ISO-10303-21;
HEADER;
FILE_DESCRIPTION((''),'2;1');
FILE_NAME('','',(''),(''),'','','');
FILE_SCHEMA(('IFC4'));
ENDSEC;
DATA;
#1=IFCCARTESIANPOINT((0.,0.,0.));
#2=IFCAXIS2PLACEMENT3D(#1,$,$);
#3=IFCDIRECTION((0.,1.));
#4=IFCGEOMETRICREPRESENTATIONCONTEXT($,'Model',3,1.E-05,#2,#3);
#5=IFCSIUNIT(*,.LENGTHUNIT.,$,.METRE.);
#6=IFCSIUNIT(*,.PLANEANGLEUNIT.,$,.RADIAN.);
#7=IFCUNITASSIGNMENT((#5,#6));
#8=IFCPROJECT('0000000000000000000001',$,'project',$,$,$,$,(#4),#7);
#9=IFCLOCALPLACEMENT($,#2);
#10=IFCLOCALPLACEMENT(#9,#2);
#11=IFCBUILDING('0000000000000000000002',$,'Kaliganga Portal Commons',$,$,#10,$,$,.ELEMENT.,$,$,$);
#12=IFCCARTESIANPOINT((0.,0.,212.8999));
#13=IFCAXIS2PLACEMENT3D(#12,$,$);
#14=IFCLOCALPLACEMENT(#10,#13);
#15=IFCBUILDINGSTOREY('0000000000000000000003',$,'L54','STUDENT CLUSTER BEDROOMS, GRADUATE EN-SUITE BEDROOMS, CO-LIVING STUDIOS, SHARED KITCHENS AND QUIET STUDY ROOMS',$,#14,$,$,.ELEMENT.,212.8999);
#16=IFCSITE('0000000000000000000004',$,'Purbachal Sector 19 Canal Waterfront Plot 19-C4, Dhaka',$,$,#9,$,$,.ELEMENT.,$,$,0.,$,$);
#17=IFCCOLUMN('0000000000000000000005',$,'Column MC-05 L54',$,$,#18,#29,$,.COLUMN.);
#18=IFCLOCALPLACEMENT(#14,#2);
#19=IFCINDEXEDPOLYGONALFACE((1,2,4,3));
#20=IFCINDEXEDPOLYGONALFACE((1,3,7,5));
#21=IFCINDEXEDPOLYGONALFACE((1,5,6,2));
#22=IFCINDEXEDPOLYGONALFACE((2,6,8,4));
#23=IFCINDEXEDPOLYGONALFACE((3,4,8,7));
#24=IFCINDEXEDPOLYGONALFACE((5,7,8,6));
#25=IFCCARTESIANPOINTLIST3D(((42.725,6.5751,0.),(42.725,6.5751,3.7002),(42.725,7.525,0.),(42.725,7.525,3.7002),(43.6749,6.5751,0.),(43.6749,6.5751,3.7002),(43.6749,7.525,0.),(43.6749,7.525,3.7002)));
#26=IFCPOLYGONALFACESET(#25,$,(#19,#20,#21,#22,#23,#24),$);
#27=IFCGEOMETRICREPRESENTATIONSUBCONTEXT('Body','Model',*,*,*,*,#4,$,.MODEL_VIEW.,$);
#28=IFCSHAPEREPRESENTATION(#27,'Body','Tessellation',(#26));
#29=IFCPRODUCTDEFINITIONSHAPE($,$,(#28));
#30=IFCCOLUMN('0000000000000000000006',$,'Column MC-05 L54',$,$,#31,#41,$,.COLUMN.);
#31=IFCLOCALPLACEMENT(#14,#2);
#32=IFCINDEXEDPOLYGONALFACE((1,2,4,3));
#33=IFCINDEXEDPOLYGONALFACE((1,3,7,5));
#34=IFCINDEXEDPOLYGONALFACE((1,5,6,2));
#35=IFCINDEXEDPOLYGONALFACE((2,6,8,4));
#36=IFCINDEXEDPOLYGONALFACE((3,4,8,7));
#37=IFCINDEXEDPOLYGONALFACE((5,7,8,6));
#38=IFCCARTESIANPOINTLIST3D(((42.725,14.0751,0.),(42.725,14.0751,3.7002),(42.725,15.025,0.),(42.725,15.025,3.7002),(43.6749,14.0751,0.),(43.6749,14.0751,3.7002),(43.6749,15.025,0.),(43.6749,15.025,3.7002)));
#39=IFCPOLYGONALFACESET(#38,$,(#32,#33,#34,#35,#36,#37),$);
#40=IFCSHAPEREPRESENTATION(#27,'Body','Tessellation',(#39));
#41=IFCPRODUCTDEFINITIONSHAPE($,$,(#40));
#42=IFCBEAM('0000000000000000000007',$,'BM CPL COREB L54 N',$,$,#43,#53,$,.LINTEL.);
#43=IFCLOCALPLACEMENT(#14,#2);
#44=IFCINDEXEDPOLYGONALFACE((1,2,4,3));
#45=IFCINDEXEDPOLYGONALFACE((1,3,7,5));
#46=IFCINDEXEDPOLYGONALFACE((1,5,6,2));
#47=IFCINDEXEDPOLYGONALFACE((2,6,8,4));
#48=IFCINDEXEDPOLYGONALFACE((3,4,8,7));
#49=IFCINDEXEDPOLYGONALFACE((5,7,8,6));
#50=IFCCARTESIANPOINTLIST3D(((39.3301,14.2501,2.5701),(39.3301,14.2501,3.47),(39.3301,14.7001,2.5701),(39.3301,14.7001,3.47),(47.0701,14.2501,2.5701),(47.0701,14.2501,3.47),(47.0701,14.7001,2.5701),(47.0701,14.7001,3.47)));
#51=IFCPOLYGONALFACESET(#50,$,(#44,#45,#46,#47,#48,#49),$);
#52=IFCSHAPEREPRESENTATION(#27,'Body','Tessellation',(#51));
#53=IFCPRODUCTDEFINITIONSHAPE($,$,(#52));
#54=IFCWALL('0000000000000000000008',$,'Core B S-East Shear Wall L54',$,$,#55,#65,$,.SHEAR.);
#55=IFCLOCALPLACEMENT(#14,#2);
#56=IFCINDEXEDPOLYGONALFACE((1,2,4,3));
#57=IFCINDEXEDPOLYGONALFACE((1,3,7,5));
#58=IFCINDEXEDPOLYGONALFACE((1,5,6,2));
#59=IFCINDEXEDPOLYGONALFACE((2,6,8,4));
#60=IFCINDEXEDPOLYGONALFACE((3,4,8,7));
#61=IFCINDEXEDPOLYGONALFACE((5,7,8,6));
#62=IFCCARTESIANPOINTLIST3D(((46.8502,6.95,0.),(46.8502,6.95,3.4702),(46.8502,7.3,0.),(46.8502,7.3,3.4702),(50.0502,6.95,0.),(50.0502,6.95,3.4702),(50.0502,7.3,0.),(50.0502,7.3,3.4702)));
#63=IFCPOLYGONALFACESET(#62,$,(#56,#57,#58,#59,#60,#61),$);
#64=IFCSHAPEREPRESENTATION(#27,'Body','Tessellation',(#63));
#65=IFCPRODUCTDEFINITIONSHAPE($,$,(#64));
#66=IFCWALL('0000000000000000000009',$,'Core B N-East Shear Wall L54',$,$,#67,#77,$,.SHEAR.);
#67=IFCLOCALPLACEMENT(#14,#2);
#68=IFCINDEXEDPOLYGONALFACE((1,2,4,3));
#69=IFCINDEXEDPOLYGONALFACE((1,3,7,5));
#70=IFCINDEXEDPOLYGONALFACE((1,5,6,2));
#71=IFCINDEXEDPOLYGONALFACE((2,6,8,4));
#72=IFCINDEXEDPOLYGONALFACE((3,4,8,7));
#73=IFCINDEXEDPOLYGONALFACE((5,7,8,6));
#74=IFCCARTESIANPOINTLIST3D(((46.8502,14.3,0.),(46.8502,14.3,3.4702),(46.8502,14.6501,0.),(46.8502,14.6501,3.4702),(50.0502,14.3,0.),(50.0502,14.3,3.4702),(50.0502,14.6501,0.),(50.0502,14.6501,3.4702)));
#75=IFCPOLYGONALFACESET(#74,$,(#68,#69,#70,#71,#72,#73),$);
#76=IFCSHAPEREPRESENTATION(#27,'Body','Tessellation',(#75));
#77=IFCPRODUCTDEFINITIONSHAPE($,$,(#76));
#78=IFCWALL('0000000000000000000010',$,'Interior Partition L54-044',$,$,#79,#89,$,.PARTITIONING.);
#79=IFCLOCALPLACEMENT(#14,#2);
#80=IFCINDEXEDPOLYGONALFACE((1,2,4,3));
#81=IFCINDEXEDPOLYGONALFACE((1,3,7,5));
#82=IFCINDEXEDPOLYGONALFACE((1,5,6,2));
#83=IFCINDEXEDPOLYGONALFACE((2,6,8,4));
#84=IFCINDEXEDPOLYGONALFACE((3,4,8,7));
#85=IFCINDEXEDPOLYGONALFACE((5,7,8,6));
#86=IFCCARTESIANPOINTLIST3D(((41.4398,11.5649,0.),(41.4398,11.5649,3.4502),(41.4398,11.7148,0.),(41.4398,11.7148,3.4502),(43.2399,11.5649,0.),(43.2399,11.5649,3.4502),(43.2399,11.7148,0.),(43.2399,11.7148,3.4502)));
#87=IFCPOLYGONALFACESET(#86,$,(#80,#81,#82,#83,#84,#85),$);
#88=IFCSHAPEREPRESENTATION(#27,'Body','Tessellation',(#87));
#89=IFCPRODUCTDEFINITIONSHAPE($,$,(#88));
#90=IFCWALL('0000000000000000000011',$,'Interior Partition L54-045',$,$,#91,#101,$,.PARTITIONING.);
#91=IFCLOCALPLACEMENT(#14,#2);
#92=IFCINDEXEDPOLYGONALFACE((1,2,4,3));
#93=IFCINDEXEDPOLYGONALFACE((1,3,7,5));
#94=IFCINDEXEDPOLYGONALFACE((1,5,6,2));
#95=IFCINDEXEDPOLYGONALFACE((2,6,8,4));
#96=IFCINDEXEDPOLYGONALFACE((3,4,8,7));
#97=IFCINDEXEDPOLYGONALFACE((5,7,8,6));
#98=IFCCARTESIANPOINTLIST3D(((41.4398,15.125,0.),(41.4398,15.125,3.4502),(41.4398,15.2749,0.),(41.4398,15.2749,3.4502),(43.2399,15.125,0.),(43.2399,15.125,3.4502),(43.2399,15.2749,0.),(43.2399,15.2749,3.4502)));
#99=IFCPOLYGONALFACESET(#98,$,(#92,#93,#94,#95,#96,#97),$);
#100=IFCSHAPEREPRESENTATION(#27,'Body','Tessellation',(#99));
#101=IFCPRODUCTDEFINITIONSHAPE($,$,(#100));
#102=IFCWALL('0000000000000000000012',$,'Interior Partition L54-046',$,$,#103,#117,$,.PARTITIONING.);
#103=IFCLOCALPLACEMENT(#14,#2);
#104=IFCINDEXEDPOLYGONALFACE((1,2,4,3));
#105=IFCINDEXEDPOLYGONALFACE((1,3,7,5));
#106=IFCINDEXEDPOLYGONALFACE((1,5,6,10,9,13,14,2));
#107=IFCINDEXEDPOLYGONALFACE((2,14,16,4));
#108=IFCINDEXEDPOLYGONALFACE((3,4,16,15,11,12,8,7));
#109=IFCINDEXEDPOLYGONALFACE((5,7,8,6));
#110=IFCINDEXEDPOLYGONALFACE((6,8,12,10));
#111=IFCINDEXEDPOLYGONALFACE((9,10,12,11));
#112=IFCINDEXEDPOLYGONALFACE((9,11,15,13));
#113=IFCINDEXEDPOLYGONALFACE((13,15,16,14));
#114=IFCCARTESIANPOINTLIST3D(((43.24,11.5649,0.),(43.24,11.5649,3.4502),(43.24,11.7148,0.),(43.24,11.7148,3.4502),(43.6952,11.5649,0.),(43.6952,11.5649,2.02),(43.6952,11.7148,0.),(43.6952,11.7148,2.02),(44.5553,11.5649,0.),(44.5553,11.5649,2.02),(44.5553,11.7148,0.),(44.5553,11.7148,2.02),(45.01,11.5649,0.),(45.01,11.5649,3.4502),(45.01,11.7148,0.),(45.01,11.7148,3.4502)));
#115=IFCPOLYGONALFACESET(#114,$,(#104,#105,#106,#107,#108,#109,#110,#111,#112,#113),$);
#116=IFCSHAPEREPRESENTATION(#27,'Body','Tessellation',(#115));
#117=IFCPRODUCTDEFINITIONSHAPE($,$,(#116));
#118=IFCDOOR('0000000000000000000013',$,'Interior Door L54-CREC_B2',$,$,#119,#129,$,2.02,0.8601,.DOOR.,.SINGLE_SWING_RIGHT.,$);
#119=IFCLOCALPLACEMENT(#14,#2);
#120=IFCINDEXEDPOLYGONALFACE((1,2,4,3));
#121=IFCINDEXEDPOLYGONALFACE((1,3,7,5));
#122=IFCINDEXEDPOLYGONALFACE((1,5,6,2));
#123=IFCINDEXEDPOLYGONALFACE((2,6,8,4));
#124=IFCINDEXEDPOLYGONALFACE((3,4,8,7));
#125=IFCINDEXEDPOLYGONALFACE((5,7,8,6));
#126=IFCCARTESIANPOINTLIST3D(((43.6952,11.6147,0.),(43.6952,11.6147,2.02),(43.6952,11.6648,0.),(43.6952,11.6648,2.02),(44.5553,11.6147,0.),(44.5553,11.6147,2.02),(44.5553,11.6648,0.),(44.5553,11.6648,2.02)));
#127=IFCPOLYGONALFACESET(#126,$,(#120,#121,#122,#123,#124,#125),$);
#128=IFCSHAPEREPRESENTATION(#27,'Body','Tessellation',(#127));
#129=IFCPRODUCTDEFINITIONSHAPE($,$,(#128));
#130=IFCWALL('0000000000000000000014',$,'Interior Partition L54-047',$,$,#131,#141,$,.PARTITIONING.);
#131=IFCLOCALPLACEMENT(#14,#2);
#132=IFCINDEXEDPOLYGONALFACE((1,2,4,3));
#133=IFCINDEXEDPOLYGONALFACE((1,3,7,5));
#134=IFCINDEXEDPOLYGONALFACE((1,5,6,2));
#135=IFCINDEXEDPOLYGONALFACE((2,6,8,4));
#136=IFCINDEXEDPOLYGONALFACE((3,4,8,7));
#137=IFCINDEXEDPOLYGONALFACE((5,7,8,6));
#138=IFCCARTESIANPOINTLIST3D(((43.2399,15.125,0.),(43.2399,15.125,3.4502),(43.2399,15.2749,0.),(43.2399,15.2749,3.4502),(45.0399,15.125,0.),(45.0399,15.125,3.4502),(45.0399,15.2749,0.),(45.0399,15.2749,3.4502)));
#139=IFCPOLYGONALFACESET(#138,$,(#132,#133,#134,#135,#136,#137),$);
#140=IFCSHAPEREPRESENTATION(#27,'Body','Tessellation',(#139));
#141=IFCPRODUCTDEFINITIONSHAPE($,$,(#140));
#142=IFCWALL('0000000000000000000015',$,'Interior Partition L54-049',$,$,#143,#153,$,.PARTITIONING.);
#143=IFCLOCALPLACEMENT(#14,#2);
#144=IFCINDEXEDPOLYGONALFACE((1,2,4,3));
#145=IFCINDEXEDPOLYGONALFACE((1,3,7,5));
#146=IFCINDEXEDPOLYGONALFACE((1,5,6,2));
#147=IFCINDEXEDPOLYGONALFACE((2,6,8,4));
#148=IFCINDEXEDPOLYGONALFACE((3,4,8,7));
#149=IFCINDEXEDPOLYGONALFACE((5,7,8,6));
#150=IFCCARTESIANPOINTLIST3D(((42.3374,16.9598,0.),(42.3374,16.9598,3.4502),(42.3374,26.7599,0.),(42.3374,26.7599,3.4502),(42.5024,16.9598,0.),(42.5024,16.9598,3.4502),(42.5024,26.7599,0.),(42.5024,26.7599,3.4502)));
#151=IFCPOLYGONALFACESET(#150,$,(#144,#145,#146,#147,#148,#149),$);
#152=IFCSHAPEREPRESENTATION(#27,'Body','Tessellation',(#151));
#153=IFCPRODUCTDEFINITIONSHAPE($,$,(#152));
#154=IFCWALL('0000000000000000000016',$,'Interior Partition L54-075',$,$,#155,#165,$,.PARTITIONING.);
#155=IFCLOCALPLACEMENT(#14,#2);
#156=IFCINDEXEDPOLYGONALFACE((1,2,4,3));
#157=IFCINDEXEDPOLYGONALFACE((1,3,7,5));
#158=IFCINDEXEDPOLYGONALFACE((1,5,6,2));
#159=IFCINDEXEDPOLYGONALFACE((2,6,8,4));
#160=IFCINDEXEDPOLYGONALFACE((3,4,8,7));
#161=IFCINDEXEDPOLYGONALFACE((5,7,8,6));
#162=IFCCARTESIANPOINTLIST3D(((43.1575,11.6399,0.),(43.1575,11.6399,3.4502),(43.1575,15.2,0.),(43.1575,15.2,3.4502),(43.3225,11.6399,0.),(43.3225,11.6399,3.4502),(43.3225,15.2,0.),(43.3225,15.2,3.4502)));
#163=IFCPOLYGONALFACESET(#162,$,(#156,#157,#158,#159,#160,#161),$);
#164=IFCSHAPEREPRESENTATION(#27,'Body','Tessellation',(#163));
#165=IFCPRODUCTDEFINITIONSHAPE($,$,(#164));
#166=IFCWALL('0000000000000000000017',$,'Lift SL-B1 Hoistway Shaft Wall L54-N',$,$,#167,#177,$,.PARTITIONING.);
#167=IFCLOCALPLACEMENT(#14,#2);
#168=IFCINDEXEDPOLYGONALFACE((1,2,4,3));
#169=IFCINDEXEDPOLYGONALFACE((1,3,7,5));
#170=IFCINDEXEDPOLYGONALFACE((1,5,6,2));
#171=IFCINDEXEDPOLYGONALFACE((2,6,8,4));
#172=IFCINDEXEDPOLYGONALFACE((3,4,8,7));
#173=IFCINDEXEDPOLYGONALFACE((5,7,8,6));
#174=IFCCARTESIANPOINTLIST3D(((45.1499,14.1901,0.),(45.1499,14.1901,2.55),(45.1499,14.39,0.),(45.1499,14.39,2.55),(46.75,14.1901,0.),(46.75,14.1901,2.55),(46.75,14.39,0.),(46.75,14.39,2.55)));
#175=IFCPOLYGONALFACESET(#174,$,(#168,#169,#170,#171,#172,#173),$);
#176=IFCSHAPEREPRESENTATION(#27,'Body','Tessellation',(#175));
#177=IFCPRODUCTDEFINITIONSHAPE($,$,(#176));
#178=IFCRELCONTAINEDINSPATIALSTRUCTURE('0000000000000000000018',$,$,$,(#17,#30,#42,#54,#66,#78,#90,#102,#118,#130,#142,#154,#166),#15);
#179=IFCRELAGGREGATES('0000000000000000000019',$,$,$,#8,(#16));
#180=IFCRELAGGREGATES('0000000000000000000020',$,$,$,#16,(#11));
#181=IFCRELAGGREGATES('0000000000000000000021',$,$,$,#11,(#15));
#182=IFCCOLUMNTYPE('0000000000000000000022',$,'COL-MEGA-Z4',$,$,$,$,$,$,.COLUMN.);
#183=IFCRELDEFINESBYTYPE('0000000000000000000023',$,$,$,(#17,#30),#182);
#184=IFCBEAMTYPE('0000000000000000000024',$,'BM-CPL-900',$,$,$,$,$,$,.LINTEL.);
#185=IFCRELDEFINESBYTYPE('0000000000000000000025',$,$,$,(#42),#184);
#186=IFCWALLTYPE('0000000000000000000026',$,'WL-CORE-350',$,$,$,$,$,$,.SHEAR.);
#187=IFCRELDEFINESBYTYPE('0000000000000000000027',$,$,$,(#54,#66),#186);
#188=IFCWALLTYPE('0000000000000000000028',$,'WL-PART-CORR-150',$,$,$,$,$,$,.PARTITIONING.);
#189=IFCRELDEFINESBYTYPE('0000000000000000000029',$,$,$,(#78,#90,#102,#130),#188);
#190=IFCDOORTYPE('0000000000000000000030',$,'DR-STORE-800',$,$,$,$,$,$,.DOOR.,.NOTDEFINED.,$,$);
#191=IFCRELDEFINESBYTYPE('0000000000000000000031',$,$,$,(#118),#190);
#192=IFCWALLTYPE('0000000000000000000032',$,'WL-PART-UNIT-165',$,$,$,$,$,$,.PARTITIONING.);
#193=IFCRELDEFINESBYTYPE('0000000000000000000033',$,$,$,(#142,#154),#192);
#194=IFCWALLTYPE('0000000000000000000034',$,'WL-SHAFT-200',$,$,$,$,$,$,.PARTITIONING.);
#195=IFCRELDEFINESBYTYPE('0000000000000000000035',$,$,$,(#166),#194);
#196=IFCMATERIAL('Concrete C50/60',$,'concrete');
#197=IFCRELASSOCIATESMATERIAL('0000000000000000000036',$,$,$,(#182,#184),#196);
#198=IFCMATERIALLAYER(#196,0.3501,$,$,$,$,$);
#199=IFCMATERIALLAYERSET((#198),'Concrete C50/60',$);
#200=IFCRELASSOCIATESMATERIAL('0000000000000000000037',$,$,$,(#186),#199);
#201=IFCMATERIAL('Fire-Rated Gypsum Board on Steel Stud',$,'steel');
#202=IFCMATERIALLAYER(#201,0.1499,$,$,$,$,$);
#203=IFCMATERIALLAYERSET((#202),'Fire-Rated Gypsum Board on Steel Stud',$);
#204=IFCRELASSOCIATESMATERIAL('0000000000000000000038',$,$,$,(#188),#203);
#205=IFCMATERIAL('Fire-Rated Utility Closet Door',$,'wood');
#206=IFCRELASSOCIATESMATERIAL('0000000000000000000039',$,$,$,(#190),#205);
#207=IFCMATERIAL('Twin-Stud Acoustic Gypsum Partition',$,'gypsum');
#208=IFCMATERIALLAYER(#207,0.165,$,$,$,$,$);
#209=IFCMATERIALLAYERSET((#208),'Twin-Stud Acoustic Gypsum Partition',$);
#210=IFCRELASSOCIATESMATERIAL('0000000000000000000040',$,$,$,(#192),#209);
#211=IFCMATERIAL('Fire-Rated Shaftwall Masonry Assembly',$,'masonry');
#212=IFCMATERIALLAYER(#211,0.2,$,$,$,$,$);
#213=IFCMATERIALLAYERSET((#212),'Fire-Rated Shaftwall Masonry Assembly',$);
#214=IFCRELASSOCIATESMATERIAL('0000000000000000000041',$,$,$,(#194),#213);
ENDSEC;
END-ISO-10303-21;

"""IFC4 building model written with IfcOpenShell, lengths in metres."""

from ifc_helpers import new_model, si_unit, direction, frame, frame_2d, origin, origin_2d, place, context, subcontext, project, spatial, rectangle, extrude, source, transform, mapped, material, layer, layer_set, material_profile, profile_set, type_object, element, fill, save


model = new_model("IFC4")

# Units and contexts
model_context = context("Model", 3, precision=1e-05, world=origin(), true_north=direction((0.0, 1.0)))
body_context = subcontext(model_context, "Body", "Model", "MODEL_VIEW")
ifc_project = project(units=[si_unit("LENGTHUNIT", "METRE"), si_unit("PLANEANGLEUNIT", "RADIAN")], contexts=[model_context])

# Site, building, storey
site_placement = place(None, origin())
site = spatial("IfcSite", under=ifc_project, at=site_placement, Name="Purbachal Sector 19 Canal Waterfront Plot 19-C4, Dhaka", CompositionType="ELEMENT", RefElevation=0.0)
building_placement = place(site_placement, origin())
building = spatial("IfcBuilding", under=site, at=building_placement, Name="Kaliganga Portal Commons", CompositionType="ELEMENT")
storey_placement = place(building_placement, frame((0.0, 0.0, 212.8999)))
storey = spatial("IfcBuildingStorey", under=building, at=storey_placement, Name="L54", Description="STUDENT CLUSTER BEDROOMS, GRADUATE EN-SUITE BEDROOMS, CO-LIVING STUDIOS, SHARED KITCHENS AND QUIET STUDY ROOMS", CompositionType="ELEMENT", Elevation=212.8999)

# Columns
ifc_material_1 = material(Name="Concrete C50/60", Category="concrete")
ifc_material_profile_1 = material_profile(ifc_material_1, rectangle(XDim=0.95, YDim=0.95, at=origin_2d()), Name="RC 950x950")
ifc_profile_set_1 = profile_set([ifc_material_profile_1], Name="Concrete C50/60")
column_type = type_object("IfcColumnType", Name="COL-MEGA-Z4", PredefinedType="COLUMN", material=ifc_profile_set_1)
shared_shape_1 = source(origin(), body_context, "Body", "SweptSolid", [
    extrude(rectangle(XDim=0.95, YDim=0.95, at=origin_2d()), origin(), (0.0, 0.0, 1.0), 3.7002),
])
for number, where, z_axis, x_axis, name in (
    (1, (43.2, 7.05, 0.0), (0.0, 0.0, 1.0), (1.0, 0.0, 0.0), "Column MC-05 L54"),
    (2, (43.2, 14.55, 0.0), (0.0, 0.0, 1.0), (1.0, 0.0, 0.0), "Column MC-05 L54"),
):
    element("IfcColumn", number, at=place(storey_placement, frame(where, z_axis=z_axis, x_axis=x_axis)), inside=storey, type_object=column_type, Name=name, PredefinedType="COLUMN", context=body_context, shape_type="MappedRepresentation", body=[
        mapped(shared_shape_1, transform((0.0, 0.0, 0.0), x_axis=(1.0, 0.0, 0.0), y_axis=(0.0, 1.0, 0.0), z_axis=(0.0, 0.0, 1.0), scale=1.0)),
    ])

# Beam
ifc_material_profile_2 = material_profile(ifc_material_1, rectangle(XDim=0.45, YDim=0.8999, at=origin_2d()), Name="RC 450x900")
ifc_profile_set_2 = profile_set([ifc_material_profile_2], Name="Concrete C50/60")
beam_type = type_object("IfcBeamType", Name="BM-CPL-900", PredefinedType="LINTEL", material=ifc_profile_set_2)
shared_shape_2 = source(origin(), body_context, "Body", "SweptSolid", [
    extrude(rectangle(XDim=0.45, YDim=0.8999, at=origin_2d()), origin(), (0.0, 0.0, 1.0), 7.74),
])
beam_placement = place(storey_placement, frame((39.3301, 14.4751, 3.02), z_axis=(1.0, 0.0, 0.0), x_axis=(0.0, 1.0, 0.0)))
element("IfcBeam", 3, at=beam_placement, inside=storey, type_object=beam_type, Name="BM CPL COREB L54 N", PredefinedType="LINTEL", context=body_context, shape_type="MappedRepresentation", body=[
    mapped(shared_shape_2, transform((0.0, 0.0, 0.0), x_axis=(1.0, 0.0, 0.0), y_axis=(0.0, 1.0, 0.0), z_axis=(0.0, 0.0, 1.0), scale=1.0)),
])

# Walls
ifc_layer_1 = layer(ifc_material_1, 0.3501)
ifc_layer_set_1 = layer_set([ifc_layer_1], Name="Concrete C50/60")
wall_type_1 = type_object("IfcWallType", Name="WL-CORE-350", PredefinedType="SHEAR", material=ifc_layer_set_1)
for number, where, z_axis, x_axis, name in (
    (4, (46.8501, 7.125, 0.0), (0.0, 0.0, 1.0), (1.0, 0.0, 0.0), "Core B S-East Shear Wall L54"),
    (5, (46.8501, 14.4751, 0.0), (0.0, 0.0, 1.0), (1.0, 0.0, 0.0), "Core B N-East Shear Wall L54"),
):
    element("IfcWall", number, at=place(storey_placement, frame(where, z_axis=z_axis, x_axis=x_axis)), inside=storey, type_object=wall_type_1, Name=name, PredefinedType="SHEAR", context=body_context, shape_type="SweptSolid", body=[
        extrude(rectangle(XDim=3.2, YDim=0.3501, at=frame_2d((1.6001, 0.0))), origin(), (0.0, 0.0, 1.0), 3.4702),
    ])

# Shared definitions
ifc_material_2 = material(Name="Fire-Rated Gypsum Board on Steel Stud", Category="steel")
ifc_layer_2 = layer(ifc_material_2, 0.1499)
ifc_layer_set_2 = layer_set([ifc_layer_2], Name="Fire-Rated Gypsum Board on Steel Stud")
wall_type_2 = type_object("IfcWallType", Name="WL-PART-CORR-150", PredefinedType="PARTITIONING", material=ifc_layer_set_2)

# Walls
for number, where, z_axis, x_axis, name in (
    (6, (41.4399, 11.6399, 0.0), (0.0, 0.0, 1.0), (1.0, 0.0, 0.0), "Interior Partition L54-044"),
    (7, (41.4399, 15.2, 0.0), (0.0, 0.0, 1.0), (1.0, 0.0, 0.0), "Interior Partition L54-045"),
):
    element("IfcWall", number, at=place(storey_placement, frame(where, z_axis=z_axis, x_axis=x_axis)), inside=storey, type_object=wall_type_2, Name=name, PredefinedType="PARTITIONING", context=body_context, shape_type="SweptSolid", body=[
        extrude(rectangle(XDim=1.8, YDim=0.1499, at=frame_2d((0.8999, 0.0))), origin(), (0.0, 0.0, 1.0), 3.4502),
    ])

# Wall, opening, door
wall_1_placement = place(storey_placement, frame((43.24, 11.6399, 0.0), z_axis=(0.0, 0.0, 1.0), x_axis=(1.0, 0.0, 0.0)))
wall_1 = element("IfcWall", 8, at=wall_1_placement, inside=storey, type_object=wall_type_2, Name="Interior Partition L54-046", PredefinedType="PARTITIONING", context=body_context, shape_type="SweptSolid", body=[
    extrude(rectangle(XDim=1.77, YDim=0.1499, at=frame_2d((0.885, 0.0))), origin(), (0.0, 0.0, 1.0), 3.4502),
])
opening_1_placement = place(wall_1_placement, frame((0.4551, 0.0, 0.0)))
opening_1 = element("IfcOpeningElement", 9, at=opening_1_placement, cuts=wall_1, PredefinedType="OPENING", context=body_context, shape_type="SweptSolid", body=[
    extrude(rectangle(XDim=0.8601, YDim=2.02, at=frame_2d((0.4302, 1.01))), frame((0.0, 0.085, 0.0), z_axis=(0.0, -1.0, 0.0), x_axis=(1.0, 0.0, 0.0)), (0.0, 0.0, 1.0), 0.1699),
])
ifc_material_3 = material(Name="Fire-Rated Utility Closet Door", Category="wood")
door_type_1 = type_object("IfcDoorType", Name="DR-STORE-800", OperationType="NOTDEFINED", PredefinedType="DOOR", material=ifc_material_3)
door_1_placement = place(opening_1_placement, origin())
door_1 = element("IfcDoor", 10, at=door_1_placement, inside=storey, type_object=door_type_1, Name="Interior Door L54-CREC_B2", OperationType="SINGLE_SWING_RIGHT", OverallHeight=2.02, OverallWidth=0.8601, PredefinedType="DOOR", context=body_context, shape_type="SweptSolid", body=[
    extrude(rectangle(XDim=0.8601, YDim=2.02, at=frame_2d((0.4302, 1.01))), frame((0.0, 0.0249, 0.0), z_axis=(0.0, -1.0, 0.0), x_axis=(1.0, 0.0, 0.0)), (0.0, 0.0, 1.0), 0.05),
])
fill(opening_1, door_1)

# Walls
wall_2_placement = place(storey_placement, frame((43.24, 15.2, 0.0), z_axis=(0.0, 0.0, 1.0), x_axis=(1.0, 0.0, 0.0)))
element("IfcWall", 11, at=wall_2_placement, inside=storey, type_object=wall_type_2, Name="Interior Partition L54-047", PredefinedType="PARTITIONING", context=body_context, shape_type="SweptSolid", body=[
    extrude(rectangle(XDim=1.8, YDim=0.1499, at=frame_2d((0.8999, 0.0))), origin(), (0.0, 0.0, 1.0), 3.4502),
])
ifc_material_4 = material(Name="Twin-Stud Acoustic Gypsum Partition", Category="gypsum")
ifc_layer_3 = layer(ifc_material_4, 0.165)
ifc_layer_set_3 = layer_set([ifc_layer_3], Name="Twin-Stud Acoustic Gypsum Partition")
wall_type_3 = type_object("IfcWallType", Name="WL-PART-UNIT-165", PredefinedType="PARTITIONING", material=ifc_layer_set_3)
wall_3_placement = place(storey_placement, frame((42.4199, 16.96, 0.0), z_axis=(0.0, 0.0, 1.0), x_axis=(0.0, 1.0, 0.0)))
element("IfcWall", 12, at=wall_3_placement, inside=storey, type_object=wall_type_3, Name="Interior Partition L54-049", PredefinedType="PARTITIONING", context=body_context, shape_type="SweptSolid", body=[
    extrude(rectangle(XDim=9.8, YDim=0.165, at=frame_2d((4.8999, 0.0))), origin(), (0.0, 0.0, 1.0), 3.4502),
])
wall_4_placement = place(storey_placement, frame((43.24, 11.6399, 0.0), z_axis=(0.0, 0.0, 1.0), x_axis=(0.0, 1.0, 0.0)))
element("IfcWall", 13, at=wall_4_placement, inside=storey, type_object=wall_type_3, Name="Interior Partition L54-075", PredefinedType="PARTITIONING", context=body_context, shape_type="SweptSolid", body=[
    extrude(rectangle(XDim=3.5601, YDim=0.165, at=frame_2d((1.78, 0.0))), origin(), (0.0, 0.0, 1.0), 3.4502),
])

# Shared definitions
ifc_material_5 = material(Name="Fire-Rated Shaftwall Masonry Assembly", Category="masonry")
ifc_layer_4 = layer(ifc_material_5, 0.2)
ifc_layer_set_4 = layer_set([ifc_layer_4], Name="Fire-Rated Shaftwall Masonry Assembly")
wall_type_4 = type_object("IfcWallType", Name="WL-SHAFT-200", PredefinedType="PARTITIONING", material=ifc_layer_set_4)

# Wall
wall_5_placement = place(storey_placement, frame((45.1499, 14.29, 0.0), z_axis=(0.0, 0.0, 1.0), x_axis=(1.0, 0.0, 0.0)))
element("IfcWall", 14, at=wall_5_placement, inside=storey, type_object=wall_type_4, Name="Lift SL-B1 Hoistway Shaft Wall L54-N", PredefinedType="PARTITIONING", context=body_context, shape_type="SweptSolid", body=[
    extrude(rectangle(XDim=1.6001, YDim=0.2, at=frame_2d((0.8, 0.0))), origin(), (0.0, 0.0, 1.0), 2.55),
])

save(model, "model.ifc")
